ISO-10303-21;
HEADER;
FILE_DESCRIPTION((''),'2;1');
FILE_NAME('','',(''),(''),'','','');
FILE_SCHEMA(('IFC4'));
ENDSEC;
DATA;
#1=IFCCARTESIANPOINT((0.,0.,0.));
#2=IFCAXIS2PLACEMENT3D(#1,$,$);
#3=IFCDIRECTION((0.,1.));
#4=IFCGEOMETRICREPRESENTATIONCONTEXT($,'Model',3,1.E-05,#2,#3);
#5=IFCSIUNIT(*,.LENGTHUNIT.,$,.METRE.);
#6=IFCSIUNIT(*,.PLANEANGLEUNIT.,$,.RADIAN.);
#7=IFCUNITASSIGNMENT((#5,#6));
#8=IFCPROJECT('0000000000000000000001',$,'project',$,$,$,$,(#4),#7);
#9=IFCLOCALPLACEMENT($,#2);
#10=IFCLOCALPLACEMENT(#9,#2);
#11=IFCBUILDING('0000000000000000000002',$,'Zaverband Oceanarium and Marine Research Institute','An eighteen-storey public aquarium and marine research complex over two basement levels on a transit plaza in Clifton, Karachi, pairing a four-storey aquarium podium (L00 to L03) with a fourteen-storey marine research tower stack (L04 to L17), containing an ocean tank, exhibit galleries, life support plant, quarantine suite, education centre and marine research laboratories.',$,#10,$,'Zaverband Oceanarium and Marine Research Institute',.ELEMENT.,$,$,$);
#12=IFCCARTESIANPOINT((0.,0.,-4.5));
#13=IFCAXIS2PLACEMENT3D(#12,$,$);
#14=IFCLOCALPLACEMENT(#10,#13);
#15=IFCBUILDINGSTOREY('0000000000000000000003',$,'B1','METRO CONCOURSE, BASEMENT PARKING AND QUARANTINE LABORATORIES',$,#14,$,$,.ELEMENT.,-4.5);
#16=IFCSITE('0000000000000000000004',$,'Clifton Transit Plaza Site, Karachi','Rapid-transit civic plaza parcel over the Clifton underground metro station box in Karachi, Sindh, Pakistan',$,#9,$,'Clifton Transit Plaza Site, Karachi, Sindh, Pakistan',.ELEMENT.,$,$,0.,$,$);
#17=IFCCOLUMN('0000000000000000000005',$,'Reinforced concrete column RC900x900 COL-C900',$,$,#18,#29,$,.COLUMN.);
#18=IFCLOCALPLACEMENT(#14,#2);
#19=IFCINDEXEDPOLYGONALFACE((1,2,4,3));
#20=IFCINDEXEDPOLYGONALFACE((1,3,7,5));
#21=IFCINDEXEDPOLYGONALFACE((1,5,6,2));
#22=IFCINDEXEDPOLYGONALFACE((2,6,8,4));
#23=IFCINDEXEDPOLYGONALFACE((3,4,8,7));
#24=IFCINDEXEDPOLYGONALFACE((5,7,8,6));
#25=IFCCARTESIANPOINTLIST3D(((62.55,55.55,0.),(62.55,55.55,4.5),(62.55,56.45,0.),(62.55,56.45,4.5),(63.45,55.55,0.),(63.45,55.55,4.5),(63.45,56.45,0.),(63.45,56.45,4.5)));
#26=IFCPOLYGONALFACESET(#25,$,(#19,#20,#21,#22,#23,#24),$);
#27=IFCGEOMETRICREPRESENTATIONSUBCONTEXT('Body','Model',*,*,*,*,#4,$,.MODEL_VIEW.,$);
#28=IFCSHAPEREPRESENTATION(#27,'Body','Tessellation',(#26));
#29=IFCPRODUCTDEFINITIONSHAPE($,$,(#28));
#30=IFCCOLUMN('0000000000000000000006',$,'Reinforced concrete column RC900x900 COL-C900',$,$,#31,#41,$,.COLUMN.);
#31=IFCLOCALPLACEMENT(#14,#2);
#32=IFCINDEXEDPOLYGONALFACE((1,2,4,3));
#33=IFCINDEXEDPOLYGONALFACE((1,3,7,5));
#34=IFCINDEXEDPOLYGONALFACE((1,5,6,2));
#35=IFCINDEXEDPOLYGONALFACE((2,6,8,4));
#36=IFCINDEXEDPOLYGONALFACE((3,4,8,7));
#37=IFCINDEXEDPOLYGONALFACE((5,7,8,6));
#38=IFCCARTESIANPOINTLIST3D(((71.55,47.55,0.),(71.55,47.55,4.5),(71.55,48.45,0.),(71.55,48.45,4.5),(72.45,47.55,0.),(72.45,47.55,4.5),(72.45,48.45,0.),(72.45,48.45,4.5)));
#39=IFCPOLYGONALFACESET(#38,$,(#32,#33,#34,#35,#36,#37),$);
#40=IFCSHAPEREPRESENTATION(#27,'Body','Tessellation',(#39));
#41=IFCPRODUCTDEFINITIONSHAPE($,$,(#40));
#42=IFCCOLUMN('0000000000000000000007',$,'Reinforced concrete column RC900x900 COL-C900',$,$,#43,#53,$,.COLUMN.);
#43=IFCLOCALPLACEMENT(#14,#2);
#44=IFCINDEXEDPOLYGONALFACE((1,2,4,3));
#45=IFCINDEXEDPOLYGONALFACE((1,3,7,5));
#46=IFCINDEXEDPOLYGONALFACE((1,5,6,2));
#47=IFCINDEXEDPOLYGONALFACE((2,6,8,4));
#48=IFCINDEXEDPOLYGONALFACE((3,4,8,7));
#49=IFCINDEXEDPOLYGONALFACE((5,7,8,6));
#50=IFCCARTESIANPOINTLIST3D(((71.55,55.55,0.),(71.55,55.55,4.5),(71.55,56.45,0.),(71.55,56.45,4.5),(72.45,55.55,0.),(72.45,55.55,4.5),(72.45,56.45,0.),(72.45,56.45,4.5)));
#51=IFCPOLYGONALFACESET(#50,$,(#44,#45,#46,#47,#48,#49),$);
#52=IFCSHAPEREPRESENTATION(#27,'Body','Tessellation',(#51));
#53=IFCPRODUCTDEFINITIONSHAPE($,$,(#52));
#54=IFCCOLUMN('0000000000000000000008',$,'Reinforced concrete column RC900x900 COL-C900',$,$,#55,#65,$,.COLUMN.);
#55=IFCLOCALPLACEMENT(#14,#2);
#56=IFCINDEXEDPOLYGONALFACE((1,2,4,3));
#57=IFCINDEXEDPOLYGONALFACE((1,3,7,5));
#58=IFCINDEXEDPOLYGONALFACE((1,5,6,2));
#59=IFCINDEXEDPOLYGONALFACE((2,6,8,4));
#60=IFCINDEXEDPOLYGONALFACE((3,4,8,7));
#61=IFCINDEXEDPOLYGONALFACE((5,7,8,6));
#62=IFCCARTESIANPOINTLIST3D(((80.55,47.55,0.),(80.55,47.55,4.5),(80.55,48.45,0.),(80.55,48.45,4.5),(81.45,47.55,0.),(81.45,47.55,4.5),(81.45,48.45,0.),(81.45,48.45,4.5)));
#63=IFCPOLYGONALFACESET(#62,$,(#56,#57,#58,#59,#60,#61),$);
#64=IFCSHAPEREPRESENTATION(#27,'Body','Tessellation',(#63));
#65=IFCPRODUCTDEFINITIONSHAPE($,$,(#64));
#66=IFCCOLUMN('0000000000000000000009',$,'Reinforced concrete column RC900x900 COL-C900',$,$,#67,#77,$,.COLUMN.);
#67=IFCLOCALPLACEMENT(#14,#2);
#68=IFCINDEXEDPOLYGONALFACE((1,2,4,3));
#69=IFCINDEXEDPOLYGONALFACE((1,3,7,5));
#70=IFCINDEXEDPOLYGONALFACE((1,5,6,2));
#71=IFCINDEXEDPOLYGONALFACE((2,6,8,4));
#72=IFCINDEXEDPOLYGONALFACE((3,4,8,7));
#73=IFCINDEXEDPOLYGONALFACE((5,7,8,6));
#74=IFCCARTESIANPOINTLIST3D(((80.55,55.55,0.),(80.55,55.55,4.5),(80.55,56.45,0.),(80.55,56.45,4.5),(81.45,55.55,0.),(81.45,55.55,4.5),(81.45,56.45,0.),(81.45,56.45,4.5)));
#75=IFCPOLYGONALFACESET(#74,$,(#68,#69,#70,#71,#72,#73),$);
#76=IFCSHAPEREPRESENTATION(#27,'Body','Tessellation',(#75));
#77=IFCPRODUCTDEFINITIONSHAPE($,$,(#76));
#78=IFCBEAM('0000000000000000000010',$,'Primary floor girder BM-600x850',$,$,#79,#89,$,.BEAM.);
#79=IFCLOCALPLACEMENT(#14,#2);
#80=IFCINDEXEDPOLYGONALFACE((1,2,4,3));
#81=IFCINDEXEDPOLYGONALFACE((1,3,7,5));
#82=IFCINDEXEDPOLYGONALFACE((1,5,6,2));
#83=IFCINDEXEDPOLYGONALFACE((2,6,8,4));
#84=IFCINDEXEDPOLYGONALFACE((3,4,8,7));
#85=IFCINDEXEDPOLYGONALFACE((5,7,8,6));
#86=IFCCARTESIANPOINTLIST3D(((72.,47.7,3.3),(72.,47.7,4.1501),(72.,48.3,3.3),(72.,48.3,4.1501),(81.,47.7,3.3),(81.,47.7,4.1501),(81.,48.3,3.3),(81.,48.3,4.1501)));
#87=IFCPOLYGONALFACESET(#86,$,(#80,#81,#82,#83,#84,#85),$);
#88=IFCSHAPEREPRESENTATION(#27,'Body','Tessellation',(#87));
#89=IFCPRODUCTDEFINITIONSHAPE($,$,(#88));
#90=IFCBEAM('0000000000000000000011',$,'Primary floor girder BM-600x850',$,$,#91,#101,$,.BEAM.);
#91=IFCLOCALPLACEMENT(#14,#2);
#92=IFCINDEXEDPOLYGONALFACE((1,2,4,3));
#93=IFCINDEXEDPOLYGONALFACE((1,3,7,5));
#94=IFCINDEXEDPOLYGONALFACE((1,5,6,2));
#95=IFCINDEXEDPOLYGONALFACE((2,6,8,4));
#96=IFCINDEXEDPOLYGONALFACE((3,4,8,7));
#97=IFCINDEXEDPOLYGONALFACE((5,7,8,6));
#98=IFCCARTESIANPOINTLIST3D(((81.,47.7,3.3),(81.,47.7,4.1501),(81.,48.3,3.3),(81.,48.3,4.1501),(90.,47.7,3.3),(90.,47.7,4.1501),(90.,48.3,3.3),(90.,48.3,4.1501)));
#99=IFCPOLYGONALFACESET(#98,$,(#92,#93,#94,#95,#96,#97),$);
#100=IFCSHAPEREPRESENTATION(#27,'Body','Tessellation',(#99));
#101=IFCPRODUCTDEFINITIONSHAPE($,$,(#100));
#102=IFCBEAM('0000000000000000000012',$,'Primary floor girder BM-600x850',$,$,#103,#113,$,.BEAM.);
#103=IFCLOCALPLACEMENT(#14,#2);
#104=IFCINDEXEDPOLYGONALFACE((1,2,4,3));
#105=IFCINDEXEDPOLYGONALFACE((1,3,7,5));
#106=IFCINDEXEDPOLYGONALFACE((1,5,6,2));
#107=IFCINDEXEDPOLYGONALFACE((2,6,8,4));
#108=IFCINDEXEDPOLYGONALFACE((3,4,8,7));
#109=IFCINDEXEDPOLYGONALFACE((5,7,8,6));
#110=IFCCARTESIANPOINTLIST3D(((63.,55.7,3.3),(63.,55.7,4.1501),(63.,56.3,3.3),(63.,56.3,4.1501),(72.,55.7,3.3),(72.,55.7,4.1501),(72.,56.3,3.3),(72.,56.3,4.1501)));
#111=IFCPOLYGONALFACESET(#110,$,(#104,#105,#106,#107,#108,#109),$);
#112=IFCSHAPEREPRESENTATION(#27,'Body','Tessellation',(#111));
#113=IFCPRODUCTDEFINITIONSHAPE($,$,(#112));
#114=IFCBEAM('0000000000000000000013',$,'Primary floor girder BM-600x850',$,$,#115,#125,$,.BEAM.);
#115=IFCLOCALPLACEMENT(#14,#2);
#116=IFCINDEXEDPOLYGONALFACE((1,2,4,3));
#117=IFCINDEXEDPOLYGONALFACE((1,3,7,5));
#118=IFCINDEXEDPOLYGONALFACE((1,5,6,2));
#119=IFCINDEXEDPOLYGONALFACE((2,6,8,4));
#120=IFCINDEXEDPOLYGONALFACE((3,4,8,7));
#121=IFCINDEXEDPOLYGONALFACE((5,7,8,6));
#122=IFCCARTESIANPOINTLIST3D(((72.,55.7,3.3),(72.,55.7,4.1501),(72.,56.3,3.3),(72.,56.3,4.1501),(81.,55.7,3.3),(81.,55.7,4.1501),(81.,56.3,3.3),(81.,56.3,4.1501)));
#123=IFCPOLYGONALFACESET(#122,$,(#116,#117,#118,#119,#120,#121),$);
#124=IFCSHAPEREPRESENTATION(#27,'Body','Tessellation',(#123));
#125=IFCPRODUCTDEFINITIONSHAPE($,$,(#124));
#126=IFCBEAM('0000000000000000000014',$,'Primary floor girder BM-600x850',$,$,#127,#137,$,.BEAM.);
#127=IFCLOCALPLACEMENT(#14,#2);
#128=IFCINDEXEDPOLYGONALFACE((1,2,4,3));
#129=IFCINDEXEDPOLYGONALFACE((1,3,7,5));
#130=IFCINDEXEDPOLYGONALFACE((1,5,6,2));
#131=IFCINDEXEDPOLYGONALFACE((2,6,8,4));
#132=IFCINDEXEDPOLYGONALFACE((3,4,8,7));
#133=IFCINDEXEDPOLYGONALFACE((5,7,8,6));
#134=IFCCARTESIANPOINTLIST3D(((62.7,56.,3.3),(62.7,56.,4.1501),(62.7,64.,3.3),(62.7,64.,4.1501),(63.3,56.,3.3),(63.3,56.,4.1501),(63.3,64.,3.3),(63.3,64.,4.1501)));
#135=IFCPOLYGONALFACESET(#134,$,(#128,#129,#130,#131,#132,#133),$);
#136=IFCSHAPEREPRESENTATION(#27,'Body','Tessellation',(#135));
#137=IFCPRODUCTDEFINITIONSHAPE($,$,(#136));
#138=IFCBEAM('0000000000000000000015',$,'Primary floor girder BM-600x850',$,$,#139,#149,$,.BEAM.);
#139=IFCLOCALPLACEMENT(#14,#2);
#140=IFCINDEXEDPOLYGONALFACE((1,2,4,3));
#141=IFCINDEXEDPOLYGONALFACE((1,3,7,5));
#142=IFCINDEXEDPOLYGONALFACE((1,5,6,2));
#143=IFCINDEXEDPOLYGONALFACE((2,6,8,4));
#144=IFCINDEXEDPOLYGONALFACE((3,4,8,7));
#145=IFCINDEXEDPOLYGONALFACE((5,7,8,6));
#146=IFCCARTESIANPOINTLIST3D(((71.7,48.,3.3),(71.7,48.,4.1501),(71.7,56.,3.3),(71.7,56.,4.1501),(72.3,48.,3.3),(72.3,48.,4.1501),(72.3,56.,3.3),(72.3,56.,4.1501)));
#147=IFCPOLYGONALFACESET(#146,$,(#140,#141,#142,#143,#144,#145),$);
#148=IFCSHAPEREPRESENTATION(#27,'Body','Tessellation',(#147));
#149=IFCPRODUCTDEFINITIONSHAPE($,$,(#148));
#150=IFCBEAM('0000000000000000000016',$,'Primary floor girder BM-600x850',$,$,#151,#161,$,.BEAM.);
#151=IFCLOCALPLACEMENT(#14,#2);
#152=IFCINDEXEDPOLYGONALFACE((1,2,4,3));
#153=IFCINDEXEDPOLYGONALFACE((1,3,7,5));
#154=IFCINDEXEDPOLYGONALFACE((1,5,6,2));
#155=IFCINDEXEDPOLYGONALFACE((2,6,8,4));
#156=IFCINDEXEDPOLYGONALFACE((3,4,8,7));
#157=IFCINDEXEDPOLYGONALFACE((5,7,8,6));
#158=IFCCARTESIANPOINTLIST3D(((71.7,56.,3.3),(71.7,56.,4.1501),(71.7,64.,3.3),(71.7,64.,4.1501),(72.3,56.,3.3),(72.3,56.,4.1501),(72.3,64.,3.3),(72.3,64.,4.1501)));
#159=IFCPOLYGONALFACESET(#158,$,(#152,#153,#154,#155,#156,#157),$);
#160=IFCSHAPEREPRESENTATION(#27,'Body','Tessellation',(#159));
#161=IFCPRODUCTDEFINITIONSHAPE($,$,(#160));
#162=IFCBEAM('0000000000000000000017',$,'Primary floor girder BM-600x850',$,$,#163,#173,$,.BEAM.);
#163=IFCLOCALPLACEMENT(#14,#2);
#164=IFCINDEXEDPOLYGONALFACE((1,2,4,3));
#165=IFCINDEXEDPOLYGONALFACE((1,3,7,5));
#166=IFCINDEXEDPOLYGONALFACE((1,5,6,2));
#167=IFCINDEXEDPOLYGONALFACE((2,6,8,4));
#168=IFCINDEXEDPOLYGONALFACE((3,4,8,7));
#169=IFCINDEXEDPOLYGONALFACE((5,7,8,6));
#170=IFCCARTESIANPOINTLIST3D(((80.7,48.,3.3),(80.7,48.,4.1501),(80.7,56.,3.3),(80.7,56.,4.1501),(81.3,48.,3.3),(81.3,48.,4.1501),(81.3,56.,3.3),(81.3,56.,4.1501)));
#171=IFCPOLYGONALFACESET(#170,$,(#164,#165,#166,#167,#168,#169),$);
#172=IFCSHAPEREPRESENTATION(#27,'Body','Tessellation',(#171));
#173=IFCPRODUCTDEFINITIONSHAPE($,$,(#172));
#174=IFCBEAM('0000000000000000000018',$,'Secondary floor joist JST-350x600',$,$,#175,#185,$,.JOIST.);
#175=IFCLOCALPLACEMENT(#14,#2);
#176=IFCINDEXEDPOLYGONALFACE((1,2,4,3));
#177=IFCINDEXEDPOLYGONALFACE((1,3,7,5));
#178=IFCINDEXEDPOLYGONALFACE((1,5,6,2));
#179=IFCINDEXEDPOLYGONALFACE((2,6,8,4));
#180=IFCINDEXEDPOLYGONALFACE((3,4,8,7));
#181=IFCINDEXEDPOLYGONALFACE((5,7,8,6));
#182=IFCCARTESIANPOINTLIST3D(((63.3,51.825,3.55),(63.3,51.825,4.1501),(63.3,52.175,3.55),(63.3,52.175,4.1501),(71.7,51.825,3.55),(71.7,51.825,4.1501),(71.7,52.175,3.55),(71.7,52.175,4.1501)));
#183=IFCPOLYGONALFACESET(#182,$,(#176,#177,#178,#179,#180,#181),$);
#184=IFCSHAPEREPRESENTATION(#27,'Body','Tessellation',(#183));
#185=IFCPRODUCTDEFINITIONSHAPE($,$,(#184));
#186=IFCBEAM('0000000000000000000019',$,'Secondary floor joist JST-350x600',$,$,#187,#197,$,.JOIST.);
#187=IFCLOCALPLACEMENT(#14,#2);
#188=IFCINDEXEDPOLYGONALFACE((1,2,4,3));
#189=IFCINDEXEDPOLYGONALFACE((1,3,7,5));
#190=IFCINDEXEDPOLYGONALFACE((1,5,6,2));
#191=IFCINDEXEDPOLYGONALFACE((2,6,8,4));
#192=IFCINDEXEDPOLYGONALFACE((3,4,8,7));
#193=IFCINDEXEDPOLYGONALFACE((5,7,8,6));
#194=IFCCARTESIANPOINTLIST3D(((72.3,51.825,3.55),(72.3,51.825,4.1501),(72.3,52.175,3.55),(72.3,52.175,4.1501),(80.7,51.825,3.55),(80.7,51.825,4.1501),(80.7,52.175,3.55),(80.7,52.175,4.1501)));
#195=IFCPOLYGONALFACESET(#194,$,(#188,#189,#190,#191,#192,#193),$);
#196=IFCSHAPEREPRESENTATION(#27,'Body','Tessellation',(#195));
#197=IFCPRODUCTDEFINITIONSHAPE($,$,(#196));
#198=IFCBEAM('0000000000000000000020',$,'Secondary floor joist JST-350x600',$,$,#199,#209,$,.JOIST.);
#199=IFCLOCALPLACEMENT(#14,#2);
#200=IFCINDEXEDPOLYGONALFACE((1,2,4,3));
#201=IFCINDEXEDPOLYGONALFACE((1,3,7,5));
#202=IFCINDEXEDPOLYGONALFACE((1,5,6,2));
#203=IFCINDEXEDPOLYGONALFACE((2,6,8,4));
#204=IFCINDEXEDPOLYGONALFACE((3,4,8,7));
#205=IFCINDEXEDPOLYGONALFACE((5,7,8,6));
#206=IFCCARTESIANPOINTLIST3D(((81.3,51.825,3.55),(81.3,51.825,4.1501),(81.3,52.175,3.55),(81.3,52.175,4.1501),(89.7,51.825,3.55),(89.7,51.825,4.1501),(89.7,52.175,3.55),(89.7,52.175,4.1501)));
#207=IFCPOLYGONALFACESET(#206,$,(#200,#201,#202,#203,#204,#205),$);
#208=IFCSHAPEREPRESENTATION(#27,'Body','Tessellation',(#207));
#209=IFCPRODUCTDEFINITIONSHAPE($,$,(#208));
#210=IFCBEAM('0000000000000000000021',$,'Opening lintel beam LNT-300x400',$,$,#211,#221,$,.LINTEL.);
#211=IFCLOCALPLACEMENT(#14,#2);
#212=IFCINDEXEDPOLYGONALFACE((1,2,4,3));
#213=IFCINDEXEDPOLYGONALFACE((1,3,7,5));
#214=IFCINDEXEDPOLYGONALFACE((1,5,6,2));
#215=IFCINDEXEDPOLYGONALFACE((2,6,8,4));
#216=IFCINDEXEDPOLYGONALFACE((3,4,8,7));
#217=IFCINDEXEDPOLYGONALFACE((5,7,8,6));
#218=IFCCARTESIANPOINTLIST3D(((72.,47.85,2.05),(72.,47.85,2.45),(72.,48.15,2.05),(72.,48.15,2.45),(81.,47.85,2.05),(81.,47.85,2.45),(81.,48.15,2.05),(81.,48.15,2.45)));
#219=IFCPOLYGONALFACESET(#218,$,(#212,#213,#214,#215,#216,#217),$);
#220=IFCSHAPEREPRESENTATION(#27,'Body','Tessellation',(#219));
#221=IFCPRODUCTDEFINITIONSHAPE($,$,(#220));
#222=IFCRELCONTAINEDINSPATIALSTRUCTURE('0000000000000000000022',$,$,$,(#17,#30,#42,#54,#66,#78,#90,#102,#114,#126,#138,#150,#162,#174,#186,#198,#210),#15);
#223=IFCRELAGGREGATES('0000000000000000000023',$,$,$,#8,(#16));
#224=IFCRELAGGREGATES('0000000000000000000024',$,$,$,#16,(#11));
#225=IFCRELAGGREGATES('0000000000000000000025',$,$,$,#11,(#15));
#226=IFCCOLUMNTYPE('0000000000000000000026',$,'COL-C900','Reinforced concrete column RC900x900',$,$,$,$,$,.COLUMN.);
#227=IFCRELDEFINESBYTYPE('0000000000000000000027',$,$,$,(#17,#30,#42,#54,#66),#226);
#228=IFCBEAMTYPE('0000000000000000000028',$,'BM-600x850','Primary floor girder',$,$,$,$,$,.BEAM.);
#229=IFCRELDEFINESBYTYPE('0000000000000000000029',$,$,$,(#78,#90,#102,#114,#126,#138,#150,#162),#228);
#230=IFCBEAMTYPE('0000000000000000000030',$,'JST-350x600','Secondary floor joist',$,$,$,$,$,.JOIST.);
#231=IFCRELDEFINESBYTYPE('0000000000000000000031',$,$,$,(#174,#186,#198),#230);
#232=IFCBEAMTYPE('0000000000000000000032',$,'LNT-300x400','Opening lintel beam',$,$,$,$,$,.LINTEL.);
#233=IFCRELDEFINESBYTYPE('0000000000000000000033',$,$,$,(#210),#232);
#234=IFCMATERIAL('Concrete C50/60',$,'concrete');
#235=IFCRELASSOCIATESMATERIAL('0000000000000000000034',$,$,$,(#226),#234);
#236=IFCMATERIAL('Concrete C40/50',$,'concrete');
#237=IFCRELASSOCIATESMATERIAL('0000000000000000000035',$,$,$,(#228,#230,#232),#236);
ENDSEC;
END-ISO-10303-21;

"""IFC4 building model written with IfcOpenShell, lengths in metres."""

from ifc_helpers import new_model, si_unit, direction, frame, origin, origin_2d, place, context, subcontext, project, spatial, rectangle, extrude, material, material_profile, profile_set, type_object, element, save


model = new_model("IFC4")

# Units and contexts
model_context = context("Model", 3, precision=1e-05, world=origin(), true_north=direction((0.0, 1.0)))
body_context = subcontext(model_context, "Body", "Model", "MODEL_VIEW")
ifc_project = project(units=[si_unit("LENGTHUNIT", "METRE"), si_unit("PLANEANGLEUNIT", "RADIAN")], contexts=[model_context])

# Site, building, storey
site_placement = place(None, origin())
site = spatial("IfcSite", under=ifc_project, at=site_placement, Name="Clifton Transit Plaza Site, Karachi", Description="Rapid-transit civic plaza parcel over the Clifton underground metro station box in Karachi, Sindh, Pakistan", LongName="Clifton Transit Plaza Site, Karachi, Sindh, Pakistan", CompositionType="ELEMENT", RefElevation=0.0)
building_placement = place(site_placement, origin())
building = spatial("IfcBuilding", under=site, at=building_placement, Name="Zaverband Oceanarium and Marine Research Institute", Description="An eighteen-storey public aquarium and marine research complex over two basement levels on a transit plaza in Clifton, Karachi, pairing a four-storey aquarium podium (L00 to L03) with a fourteen-storey marine research tower stack (L04 to L17), containing an ocean tank, exhibit galleries, life support plant, quarantine suite, education centre and marine research laboratories.", LongName="Zaverband Oceanarium and Marine Research Institute", CompositionType="ELEMENT")
storey_placement = place(building_placement, frame((0.0, 0.0, -4.5)))
storey = spatial("IfcBuildingStorey", under=building, at=storey_placement, Name="B1", Description="METRO CONCOURSE, BASEMENT PARKING AND QUARANTINE LABORATORIES", CompositionType="ELEMENT", Elevation=-4.5)

# Columns
ifc_material_1 = material(Name="Concrete C50/60", Category="concrete")
ifc_material_profile_1 = material_profile(ifc_material_1, rectangle(XDim=0.8999, YDim=0.8999, at=origin_2d()), Name="RC900x900")
ifc_profile_set_1 = profile_set([ifc_material_profile_1], Name="Concrete C50/60")
column_type = type_object("IfcColumnType", Name="COL-C900", Description="Reinforced concrete column RC900x900", PredefinedType="COLUMN", material=ifc_profile_set_1)
for number, where, z_axis, x_axis, name in (
    (1, (63.0, 56.0, 0.0), (0.0, 0.0, 1.0), (1.0, 0.0, 0.0), "Reinforced concrete column RC900x900 COL-C900"),
    (2, (72.0, 48.0, 0.0), (0.0, 0.0, 1.0), (1.0, 0.0, 0.0), "Reinforced concrete column RC900x900 COL-C900"),
    (3, (72.0, 56.0, 0.0), (0.0, 0.0, 1.0), (1.0, 0.0, 0.0), "Reinforced concrete column RC900x900 COL-C900"),
    (4, (81.0, 48.0, 0.0), (0.0, 0.0, 1.0), (1.0, 0.0, 0.0), "Reinforced concrete column RC900x900 COL-C900"),
    (5, (81.0, 56.0, 0.0), (0.0, 0.0, 1.0), (1.0, 0.0, 0.0), "Reinforced concrete column RC900x900 COL-C900"),
):
    element("IfcColumn", number, at=place(storey_placement, frame(where, z_axis=z_axis, x_axis=x_axis)), inside=storey, type_object=column_type, Name=name, PredefinedType="COLUMN", context=body_context, shape_type="SweptSolid", body=[
        extrude(rectangle(XDim=0.8999, YDim=0.8999, at=origin_2d()), origin(), (0.0, 0.0, 1.0), 4.5),
    ])

# Beams
ifc_material_2 = material(Name="Concrete C40/50", Category="concrete")
ifc_material_profile_2 = material_profile(ifc_material_2, rectangle(XDim=0.6001, YDim=0.8501, at=origin_2d()), Name="RC600x850")
ifc_profile_set_2 = profile_set([ifc_material_profile_2], Name="Concrete C40/50")
beam_type_1 = type_object("IfcBeamType", Name="BM-600x850", Description="Primary floor girder", PredefinedType="BEAM", material=ifc_profile_set_2)
for number, where, z_axis, x_axis, name in (
    (6, (72.0, 48.0, 3.7251), (1.0, 0.0, 0.0), (0.0, 1.0, 0.0), "Primary floor girder BM-600x850"),
    (7, (81.0, 48.0, 3.7251), (1.0, 0.0, 0.0), (0.0, 1.0, 0.0), "Primary floor girder BM-600x850"),
    (8, (63.0, 56.0, 3.7251), (1.0, 0.0, 0.0), (0.0, 1.0, 0.0), "Primary floor girder BM-600x850"),
    (9, (72.0, 56.0, 3.7251), (1.0, 0.0, 0.0), (0.0, 1.0, 0.0), "Primary floor girder BM-600x850"),
):
    element("IfcBeam", number, at=place(storey_placement, frame(where, z_axis=z_axis, x_axis=x_axis)), inside=storey, type_object=beam_type_1, Name=name, PredefinedType="BEAM", context=body_context, shape_type="SweptSolid", body=[
        extrude(rectangle(XDim=0.6001, YDim=0.8501, at=origin_2d()), origin(), (0.0, 0.0, 1.0), 9.0),
    ])
for number, where, z_axis, x_axis, name in (
    (10, (63.0, 56.0, 3.7251), (0.0, 1.0, 0.0), (-1.0, 0.0, 0.0), "Primary floor girder BM-600x850"),
    (11, (72.0, 48.0, 3.7251), (0.0, 1.0, 0.0), (-1.0, 0.0, 0.0), "Primary floor girder BM-600x850"),
    (12, (72.0, 56.0, 3.7251), (0.0, 1.0, 0.0), (-1.0, 0.0, 0.0), "Primary floor girder BM-600x850"),
    (13, (81.0, 48.0, 3.7251), (0.0, 1.0, 0.0), (-1.0, 0.0, 0.0), "Primary floor girder BM-600x850"),
):
    element("IfcBeam", number, at=place(storey_placement, frame(where, z_axis=z_axis, x_axis=x_axis)), inside=storey, type_object=beam_type_1, Name=name, PredefinedType="BEAM", context=body_context, shape_type="SweptSolid", body=[
        extrude(rectangle(XDim=0.6001, YDim=0.8501, at=origin_2d()), origin(), (0.0, 0.0, 1.0), 8.0),
    ])
ifc_material_profile_3 = material_profile(ifc_material_2, rectangle(XDim=0.3501, YDim=0.6001, at=origin_2d()), Name="RC350x600")
ifc_profile_set_3 = profile_set([ifc_material_profile_3], Name="Concrete C40/50")
beam_type_2 = type_object("IfcBeamType", Name="JST-350x600", Description="Secondary floor joist", PredefinedType="JOIST", material=ifc_profile_set_3)
for number, where, z_axis, x_axis, name in (
    (14, (63.3, 52.0, 3.8501), (1.0, 0.0, 0.0), (0.0, 1.0, 0.0), "Secondary floor joist JST-350x600"),
    (15, (72.3, 52.0, 3.8501), (1.0, 0.0, 0.0), (0.0, 1.0, 0.0), "Secondary floor joist JST-350x600"),
    (16, (81.3, 52.0, 3.8501), (1.0, 0.0, 0.0), (0.0, 1.0, 0.0), "Secondary floor joist JST-350x600"),
):
    element("IfcBeam", number, at=place(storey_placement, frame(where, z_axis=z_axis, x_axis=x_axis)), inside=storey, type_object=beam_type_2, Name=name, PredefinedType="JOIST", context=body_context, shape_type="SweptSolid", body=[
        extrude(rectangle(XDim=0.3501, YDim=0.6001, at=origin_2d()), origin(), (0.0, 0.0, 1.0), 8.3999),
    ])
ifc_material_profile_4 = material_profile(ifc_material_2, rectangle(XDim=0.3, YDim=0.3999, at=origin_2d()), Name="RC300x400")
ifc_profile_set_4 = profile_set([ifc_material_profile_4], Name="Concrete C40/50")
beam_type_3 = type_object("IfcBeamType", Name="LNT-300x400", Description="Opening lintel beam", PredefinedType="LINTEL", material=ifc_profile_set_4)
beam_placement = place(storey_placement, frame((72.0, 48.0, 2.25), z_axis=(1.0, 0.0, 0.0), x_axis=(0.0, 1.0, 0.0)))
element("IfcBeam", 17, at=beam_placement, inside=storey, type_object=beam_type_3, Name="Opening lintel beam LNT-300x400", PredefinedType="LINTEL", context=body_context, shape_type="SweptSolid", body=[
    extrude(rectangle(XDim=0.3, YDim=0.3999, at=origin_2d()), origin(), (0.0, 0.0, 1.0), 9.0),
])

save(model, "model.ifc")
